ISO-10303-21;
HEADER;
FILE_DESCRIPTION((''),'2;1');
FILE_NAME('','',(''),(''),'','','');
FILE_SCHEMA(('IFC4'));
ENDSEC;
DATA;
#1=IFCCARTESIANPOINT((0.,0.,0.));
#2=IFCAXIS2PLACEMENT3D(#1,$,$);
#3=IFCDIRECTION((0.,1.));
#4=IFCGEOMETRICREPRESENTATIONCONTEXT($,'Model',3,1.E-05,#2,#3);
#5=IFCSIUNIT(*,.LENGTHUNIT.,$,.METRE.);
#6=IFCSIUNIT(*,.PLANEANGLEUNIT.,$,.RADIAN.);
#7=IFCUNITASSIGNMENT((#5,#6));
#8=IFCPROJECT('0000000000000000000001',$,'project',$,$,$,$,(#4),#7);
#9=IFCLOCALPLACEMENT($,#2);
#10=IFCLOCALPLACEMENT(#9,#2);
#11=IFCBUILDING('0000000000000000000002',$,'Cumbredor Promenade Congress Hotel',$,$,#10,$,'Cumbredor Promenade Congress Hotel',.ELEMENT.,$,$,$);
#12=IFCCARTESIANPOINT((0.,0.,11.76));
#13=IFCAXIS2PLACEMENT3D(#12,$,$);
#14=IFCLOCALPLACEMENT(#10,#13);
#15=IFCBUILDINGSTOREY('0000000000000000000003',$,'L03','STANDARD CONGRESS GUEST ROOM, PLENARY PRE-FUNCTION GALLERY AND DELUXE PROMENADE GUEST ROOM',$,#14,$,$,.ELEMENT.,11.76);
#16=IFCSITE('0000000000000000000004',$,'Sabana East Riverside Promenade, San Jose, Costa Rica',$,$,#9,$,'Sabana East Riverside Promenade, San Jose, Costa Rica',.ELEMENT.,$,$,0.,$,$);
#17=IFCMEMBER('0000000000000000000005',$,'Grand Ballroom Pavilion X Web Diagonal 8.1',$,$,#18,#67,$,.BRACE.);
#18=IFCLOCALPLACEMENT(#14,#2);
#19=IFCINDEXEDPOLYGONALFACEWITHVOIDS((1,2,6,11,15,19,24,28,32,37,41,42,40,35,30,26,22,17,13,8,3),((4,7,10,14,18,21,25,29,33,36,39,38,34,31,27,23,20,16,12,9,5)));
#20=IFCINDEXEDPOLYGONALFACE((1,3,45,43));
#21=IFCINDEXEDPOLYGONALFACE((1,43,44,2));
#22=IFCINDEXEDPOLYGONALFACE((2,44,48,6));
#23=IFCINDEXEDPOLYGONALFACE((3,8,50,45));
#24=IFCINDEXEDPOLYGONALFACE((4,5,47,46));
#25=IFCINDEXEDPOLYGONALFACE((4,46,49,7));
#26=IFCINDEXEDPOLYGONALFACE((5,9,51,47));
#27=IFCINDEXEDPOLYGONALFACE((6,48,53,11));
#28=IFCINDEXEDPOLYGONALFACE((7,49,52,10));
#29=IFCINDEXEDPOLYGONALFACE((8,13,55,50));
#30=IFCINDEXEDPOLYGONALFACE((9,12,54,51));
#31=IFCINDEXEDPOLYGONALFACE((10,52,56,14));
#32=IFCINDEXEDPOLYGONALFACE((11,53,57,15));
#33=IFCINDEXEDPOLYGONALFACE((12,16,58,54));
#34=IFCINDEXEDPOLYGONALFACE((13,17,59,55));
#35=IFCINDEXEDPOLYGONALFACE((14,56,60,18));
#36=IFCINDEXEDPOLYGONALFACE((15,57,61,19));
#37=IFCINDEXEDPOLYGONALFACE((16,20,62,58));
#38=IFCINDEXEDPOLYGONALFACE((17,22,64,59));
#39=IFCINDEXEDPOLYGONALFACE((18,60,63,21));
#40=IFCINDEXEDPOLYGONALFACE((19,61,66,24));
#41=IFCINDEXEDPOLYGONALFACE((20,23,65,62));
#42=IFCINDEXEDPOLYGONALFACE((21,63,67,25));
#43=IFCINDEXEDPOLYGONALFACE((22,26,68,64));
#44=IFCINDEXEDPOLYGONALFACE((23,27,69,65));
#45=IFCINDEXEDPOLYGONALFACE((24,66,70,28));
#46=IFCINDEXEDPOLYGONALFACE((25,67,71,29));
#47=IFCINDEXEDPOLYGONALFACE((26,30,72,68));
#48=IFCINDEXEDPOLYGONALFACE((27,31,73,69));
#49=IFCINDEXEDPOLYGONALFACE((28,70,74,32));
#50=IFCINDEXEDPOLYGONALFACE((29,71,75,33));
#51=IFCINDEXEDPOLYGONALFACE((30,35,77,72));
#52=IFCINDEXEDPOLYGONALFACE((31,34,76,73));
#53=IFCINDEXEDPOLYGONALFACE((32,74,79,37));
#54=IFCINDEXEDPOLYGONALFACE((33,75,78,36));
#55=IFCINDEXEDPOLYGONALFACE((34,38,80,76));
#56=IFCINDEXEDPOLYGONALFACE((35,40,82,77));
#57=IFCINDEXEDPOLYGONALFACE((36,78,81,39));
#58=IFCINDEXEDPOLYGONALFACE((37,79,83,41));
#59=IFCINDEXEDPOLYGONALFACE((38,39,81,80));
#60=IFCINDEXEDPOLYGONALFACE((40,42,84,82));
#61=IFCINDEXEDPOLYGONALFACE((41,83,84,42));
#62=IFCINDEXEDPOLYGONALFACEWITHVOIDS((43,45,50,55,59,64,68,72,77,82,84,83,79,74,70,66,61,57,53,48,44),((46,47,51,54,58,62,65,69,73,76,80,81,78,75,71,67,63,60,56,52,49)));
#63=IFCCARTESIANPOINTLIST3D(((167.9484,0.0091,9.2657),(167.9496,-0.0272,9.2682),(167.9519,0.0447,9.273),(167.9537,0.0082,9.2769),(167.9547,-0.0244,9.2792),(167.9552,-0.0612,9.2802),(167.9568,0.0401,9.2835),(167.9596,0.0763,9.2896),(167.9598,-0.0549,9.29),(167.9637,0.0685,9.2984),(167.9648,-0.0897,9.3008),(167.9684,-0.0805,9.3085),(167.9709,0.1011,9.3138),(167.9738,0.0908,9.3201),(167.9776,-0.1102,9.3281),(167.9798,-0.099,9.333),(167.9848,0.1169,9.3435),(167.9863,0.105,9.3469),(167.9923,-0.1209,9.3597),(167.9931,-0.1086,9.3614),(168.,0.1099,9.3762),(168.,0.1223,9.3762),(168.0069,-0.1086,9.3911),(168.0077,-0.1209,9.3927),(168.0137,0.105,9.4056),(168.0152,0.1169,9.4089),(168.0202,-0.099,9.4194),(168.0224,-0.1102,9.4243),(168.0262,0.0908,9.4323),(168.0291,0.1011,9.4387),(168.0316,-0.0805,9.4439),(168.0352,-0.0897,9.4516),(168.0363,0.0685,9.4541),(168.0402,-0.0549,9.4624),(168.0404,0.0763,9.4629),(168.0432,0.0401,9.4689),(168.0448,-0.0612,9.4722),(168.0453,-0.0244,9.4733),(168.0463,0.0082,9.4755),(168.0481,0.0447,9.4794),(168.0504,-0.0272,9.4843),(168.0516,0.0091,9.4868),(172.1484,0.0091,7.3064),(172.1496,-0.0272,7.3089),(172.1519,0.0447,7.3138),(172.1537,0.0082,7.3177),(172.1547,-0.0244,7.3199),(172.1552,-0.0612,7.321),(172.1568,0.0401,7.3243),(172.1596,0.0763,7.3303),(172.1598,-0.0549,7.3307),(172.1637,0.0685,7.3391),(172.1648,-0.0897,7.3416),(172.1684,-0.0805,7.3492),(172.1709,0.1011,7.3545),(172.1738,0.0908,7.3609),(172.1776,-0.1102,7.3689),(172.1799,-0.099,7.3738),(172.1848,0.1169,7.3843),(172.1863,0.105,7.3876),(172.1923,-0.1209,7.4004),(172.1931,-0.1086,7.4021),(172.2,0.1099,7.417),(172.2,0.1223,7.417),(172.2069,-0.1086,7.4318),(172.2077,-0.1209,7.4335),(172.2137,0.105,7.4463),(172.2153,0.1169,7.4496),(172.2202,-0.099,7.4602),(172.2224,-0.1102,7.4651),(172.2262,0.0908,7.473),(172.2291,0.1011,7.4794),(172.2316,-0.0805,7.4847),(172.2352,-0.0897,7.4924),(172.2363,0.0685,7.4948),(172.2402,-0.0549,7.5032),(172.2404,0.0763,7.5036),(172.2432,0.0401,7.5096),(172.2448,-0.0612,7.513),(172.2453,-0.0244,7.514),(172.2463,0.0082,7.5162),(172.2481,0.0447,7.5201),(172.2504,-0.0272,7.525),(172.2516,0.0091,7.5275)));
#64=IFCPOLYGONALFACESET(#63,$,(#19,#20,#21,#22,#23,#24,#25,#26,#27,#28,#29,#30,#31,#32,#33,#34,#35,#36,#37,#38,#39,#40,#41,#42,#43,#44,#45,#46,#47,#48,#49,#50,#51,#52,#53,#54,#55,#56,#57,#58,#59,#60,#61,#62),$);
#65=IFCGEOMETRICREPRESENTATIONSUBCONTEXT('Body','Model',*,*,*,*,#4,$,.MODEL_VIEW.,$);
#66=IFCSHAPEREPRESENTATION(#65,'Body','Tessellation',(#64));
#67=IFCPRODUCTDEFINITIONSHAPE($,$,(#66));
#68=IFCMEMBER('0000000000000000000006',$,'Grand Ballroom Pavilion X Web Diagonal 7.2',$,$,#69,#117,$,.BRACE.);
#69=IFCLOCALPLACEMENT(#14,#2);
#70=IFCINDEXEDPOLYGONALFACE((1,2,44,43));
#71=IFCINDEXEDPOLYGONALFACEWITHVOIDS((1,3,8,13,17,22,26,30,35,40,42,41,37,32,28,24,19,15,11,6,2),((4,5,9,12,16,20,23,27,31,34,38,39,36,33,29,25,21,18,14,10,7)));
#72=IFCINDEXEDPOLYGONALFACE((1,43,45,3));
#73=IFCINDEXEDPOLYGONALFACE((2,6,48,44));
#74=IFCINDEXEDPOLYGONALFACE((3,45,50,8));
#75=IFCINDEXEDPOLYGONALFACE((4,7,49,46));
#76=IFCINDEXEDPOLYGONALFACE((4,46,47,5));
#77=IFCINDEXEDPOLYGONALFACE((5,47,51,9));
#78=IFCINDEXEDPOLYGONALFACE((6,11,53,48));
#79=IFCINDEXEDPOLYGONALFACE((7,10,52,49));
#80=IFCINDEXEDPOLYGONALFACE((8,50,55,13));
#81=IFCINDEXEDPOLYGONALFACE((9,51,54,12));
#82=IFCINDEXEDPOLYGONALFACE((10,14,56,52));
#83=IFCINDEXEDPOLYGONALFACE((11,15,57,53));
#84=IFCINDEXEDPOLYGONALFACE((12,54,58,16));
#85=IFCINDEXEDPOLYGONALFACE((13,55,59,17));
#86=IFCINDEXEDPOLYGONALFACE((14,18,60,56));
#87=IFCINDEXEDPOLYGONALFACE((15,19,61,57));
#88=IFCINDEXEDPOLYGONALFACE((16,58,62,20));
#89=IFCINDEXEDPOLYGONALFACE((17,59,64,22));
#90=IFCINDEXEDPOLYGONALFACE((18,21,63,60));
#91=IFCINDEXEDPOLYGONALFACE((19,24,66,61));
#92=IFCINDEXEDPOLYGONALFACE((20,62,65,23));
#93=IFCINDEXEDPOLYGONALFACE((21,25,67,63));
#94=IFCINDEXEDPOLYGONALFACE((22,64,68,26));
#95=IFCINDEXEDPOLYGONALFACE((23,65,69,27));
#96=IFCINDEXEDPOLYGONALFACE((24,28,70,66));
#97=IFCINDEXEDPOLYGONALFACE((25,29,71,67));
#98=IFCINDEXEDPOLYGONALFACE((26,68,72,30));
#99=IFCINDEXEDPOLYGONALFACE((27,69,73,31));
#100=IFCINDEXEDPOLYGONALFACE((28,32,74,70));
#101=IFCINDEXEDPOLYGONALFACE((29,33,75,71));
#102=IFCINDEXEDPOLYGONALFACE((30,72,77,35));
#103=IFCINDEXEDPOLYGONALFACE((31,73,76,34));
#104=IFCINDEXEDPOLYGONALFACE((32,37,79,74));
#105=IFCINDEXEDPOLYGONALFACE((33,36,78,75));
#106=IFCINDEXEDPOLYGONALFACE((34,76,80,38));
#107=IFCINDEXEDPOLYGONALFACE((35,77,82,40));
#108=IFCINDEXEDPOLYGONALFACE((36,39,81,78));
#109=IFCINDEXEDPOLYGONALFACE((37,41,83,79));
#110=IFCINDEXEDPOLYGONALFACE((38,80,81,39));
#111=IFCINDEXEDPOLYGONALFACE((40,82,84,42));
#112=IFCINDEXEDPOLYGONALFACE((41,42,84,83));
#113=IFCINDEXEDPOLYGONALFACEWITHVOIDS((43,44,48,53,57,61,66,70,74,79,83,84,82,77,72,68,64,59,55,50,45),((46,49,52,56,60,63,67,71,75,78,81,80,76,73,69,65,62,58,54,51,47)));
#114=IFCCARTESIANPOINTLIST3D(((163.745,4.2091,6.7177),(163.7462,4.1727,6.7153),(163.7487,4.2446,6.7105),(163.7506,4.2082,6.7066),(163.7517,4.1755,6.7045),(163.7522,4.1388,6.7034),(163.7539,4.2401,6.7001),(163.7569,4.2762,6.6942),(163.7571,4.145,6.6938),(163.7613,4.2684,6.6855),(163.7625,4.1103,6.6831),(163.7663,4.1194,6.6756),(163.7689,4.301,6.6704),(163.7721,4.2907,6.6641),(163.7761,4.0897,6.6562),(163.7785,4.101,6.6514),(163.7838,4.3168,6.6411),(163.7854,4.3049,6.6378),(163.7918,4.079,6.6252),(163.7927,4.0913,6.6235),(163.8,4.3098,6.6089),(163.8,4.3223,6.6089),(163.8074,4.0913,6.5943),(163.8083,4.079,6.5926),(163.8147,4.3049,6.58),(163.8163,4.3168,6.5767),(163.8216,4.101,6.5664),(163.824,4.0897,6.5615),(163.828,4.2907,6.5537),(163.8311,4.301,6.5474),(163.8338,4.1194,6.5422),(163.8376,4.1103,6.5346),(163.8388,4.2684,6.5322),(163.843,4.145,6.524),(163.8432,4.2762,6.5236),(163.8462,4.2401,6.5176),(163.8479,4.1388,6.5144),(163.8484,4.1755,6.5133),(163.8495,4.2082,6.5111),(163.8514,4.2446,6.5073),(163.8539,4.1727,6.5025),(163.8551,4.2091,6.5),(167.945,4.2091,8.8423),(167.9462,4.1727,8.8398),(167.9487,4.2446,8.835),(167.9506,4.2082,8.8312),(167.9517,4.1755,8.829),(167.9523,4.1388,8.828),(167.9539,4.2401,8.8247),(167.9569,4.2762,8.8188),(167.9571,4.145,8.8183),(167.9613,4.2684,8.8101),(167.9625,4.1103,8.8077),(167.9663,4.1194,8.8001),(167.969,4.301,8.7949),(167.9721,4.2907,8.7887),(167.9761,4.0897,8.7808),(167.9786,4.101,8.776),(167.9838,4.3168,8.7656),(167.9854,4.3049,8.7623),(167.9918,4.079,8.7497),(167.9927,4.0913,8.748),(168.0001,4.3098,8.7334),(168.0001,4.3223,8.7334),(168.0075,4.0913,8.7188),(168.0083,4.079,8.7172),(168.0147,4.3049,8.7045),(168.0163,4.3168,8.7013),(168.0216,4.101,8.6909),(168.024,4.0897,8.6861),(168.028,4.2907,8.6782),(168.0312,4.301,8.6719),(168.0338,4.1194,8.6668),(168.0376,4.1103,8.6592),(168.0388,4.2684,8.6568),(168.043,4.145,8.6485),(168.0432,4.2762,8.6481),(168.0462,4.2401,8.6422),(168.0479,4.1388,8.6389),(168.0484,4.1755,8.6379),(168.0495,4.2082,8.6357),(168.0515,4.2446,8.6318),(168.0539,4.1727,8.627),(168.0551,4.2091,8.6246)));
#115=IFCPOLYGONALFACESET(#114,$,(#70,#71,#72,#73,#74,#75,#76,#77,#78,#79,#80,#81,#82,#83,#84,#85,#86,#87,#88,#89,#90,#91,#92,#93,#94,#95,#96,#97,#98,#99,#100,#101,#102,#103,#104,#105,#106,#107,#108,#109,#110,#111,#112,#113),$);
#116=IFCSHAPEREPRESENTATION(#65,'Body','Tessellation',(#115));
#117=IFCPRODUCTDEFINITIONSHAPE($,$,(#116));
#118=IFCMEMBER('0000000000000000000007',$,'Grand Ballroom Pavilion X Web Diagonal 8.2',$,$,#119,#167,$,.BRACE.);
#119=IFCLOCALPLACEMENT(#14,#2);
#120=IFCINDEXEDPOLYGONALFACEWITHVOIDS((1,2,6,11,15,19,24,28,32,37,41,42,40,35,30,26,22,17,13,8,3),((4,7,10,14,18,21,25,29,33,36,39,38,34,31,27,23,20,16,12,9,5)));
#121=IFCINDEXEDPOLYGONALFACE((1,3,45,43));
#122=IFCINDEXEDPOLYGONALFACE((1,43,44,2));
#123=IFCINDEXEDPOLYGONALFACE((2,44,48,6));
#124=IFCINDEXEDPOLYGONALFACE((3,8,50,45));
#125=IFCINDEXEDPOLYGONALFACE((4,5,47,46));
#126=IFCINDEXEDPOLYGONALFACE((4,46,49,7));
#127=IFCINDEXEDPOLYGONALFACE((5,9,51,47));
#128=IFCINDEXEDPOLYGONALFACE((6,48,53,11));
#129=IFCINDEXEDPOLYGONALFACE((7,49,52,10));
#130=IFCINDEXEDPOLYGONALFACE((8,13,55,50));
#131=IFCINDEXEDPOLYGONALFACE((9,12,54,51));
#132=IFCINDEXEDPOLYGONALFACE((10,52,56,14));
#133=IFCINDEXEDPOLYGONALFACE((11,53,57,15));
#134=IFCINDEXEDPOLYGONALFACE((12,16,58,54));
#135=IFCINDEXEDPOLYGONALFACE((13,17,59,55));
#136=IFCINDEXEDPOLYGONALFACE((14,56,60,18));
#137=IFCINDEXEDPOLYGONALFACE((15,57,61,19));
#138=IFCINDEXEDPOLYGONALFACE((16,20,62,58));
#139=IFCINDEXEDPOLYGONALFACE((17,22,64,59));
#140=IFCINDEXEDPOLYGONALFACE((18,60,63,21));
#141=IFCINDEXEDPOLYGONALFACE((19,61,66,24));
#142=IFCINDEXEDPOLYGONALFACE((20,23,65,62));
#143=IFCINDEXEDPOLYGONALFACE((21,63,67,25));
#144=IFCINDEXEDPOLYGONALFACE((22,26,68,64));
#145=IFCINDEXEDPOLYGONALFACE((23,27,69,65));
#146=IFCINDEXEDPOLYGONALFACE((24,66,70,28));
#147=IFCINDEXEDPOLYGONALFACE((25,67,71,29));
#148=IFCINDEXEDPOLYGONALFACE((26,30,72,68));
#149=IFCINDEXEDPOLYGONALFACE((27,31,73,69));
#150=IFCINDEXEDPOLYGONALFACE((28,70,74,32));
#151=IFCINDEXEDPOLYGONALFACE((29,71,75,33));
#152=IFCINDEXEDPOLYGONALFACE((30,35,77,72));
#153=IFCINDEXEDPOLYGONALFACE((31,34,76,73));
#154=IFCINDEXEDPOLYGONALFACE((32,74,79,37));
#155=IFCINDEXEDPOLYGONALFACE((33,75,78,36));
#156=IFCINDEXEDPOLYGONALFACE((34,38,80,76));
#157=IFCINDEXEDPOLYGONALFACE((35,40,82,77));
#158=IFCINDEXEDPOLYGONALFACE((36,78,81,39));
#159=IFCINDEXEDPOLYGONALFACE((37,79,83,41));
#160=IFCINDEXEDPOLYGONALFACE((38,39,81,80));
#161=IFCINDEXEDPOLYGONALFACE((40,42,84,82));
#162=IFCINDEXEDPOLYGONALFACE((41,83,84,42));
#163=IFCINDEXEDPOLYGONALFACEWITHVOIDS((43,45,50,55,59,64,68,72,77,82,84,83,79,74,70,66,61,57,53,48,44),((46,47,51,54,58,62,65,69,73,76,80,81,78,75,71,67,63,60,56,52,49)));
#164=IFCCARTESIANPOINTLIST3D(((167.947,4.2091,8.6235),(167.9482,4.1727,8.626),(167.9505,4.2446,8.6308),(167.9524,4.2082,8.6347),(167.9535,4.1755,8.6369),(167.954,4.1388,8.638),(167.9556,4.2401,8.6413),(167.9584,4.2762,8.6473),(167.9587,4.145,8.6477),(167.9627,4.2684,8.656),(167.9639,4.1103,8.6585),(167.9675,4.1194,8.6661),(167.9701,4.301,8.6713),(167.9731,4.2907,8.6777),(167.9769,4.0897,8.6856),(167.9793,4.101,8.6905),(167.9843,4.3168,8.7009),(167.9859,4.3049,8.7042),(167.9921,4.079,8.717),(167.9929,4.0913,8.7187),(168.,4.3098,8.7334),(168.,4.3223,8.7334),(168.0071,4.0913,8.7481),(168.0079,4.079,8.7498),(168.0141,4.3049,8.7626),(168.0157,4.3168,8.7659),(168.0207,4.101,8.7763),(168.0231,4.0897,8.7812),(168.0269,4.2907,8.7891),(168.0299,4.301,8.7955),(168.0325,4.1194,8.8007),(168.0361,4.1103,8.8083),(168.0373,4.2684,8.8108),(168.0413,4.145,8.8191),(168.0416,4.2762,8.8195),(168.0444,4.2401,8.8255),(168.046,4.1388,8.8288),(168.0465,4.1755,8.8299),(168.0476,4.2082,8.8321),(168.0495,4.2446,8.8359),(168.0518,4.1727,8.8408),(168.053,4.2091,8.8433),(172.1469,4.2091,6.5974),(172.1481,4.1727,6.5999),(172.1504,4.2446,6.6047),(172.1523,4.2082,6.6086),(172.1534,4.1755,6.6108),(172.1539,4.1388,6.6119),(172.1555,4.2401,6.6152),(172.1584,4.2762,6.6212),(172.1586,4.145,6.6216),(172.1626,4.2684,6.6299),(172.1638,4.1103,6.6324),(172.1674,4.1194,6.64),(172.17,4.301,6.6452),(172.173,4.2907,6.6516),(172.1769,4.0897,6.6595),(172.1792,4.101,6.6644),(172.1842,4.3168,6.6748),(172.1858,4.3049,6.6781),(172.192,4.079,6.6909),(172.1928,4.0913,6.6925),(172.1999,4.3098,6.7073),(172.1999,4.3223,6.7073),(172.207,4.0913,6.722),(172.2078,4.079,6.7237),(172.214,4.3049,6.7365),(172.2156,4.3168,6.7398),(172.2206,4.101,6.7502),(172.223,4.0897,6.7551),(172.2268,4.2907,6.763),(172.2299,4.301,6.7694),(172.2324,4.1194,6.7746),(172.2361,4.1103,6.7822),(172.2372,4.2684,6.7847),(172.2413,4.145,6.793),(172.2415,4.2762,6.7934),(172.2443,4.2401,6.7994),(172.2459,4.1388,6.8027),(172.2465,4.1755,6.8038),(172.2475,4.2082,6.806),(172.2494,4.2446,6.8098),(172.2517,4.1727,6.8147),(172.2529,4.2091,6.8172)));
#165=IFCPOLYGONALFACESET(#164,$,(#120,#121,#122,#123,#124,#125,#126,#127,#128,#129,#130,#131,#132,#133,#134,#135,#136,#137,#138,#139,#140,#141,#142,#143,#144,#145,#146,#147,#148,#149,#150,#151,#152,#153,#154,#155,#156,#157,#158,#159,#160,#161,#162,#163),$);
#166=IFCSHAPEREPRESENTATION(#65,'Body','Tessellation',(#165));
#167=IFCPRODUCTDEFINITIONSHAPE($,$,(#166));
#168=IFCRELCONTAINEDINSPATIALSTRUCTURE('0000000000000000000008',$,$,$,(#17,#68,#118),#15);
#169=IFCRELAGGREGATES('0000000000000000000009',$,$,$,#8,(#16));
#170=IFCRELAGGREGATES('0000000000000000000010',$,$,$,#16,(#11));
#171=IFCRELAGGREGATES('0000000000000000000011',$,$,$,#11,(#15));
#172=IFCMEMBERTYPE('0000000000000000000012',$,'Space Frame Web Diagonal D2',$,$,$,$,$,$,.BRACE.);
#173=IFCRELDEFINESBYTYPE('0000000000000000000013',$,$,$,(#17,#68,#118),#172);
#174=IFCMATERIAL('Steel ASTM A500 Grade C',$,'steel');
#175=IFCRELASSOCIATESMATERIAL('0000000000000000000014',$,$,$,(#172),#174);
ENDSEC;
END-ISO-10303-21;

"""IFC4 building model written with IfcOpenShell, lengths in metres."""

from ifc_helpers import new_model, si_unit, direction, frame, origin, origin_2d, place, context, subcontext, project, spatial, hollow_circle, extrude, material, material_profile, profile_set, type_object, element, save


model = new_model("IFC4")

# Units and contexts
model_context = context("Model", 3, precision=1e-05, world=origin(), true_north=direction((0.0, 1.0)))
body_context = subcontext(model_context, "Body", "Model", "MODEL_VIEW")
ifc_project = project(units=[si_unit("LENGTHUNIT", "METRE"), si_unit("PLANEANGLEUNIT", "RADIAN")], contexts=[model_context])

# Site, building, storey
site_placement = place(None, origin())
site = spatial("IfcSite", under=ifc_project, at=site_placement, Name="Sabana East Riverside Promenade, San Jose, Costa Rica", LongName="Sabana East Riverside Promenade, San Jose, Costa Rica", CompositionType="ELEMENT", RefElevation=0.0)
building_placement = place(site_placement, origin())
building = spatial("IfcBuilding", under=site, at=building_placement, Name="Cumbredor Promenade Congress Hotel", LongName="Cumbredor Promenade Congress Hotel", CompositionType="ELEMENT")
storey_placement = place(building_placement, frame((0.0, 0.0, 11.76)))
storey = spatial("IfcBuildingStorey", under=building, at=storey_placement, Name="L03", Description="STANDARD CONGRESS GUEST ROOM, PLENARY PRE-FUNCTION GALLERY AND DELUXE PROMENADE GUEST ROOM", CompositionType="ELEMENT", Elevation=11.76)

# Members
ifc_material_1 = material(Name="Steel ASTM A500 Grade C", Category="steel")
ifc_material_profile_1 = material_profile(ifc_material_1, hollow_circle(Radius=0.1223, WallThickness=0.0125, at=origin_2d()), Name="CHS 244.5x12.5")
ifc_profile_set_1 = profile_set([ifc_material_profile_1], Name="Steel ASTM A500 Grade C")
member_type_1 = type_object("IfcMemberType", Name="Space Frame Web Diagonal D2", PredefinedType="BRACE", material=ifc_profile_set_1)
member_1_placement = place(storey_placement, frame((168.0, 0.0, 9.3762), z_axis=(0.906245, 0.0, -0.422753), x_axis=(0.0, 1.0, 0.0)))
element("IfcMember", 1, at=member_1_placement, inside=storey, type_object=member_type_1, Name="Grand Ballroom Pavilion X Web Diagonal 8.1", PredefinedType="BRACE", context=body_context, shape_type="SweptSolid", body=[
    extrude(hollow_circle(Radius=0.1223, WallThickness=0.0125, at=origin_2d()), origin(), (0.0, 0.0, 1.0), 4.6345),
])
member_2_placement = place(storey_placement, frame((163.8, 4.2, 6.6089), z_axis=(0.892332, 0.0, 0.451379), x_axis=(0.0, 1.0, 0.0)))
element("IfcMember", 2, at=member_2_placement, inside=storey, type_object=member_type_1, Name="Grand Ballroom Pavilion X Web Diagonal 7.2", PredefinedType="BRACE", context=body_context, shape_type="SweptSolid", body=[
    extrude(hollow_circle(Radius=0.1223, WallThickness=0.0125, at=origin_2d()), origin(), (0.0, 0.0, 1.0), 4.7068),
])
member_3_placement = place(storey_placement, frame((168.0, 4.2, 8.7334), z_axis=(0.900672, 0.0, -0.434499), x_axis=(0.0, 1.0, 0.0)))
element("IfcMember", 3, at=member_3_placement, inside=storey, type_object=member_type_1, Name="Grand Ballroom Pavilion X Web Diagonal 8.2", PredefinedType="BRACE", context=body_context, shape_type="SweptSolid", body=[
    extrude(hollow_circle(Radius=0.1223, WallThickness=0.0125, at=origin_2d()), origin(), (0.0, 0.0, 1.0), 4.6631),
])

save(model, "model.ifc")
